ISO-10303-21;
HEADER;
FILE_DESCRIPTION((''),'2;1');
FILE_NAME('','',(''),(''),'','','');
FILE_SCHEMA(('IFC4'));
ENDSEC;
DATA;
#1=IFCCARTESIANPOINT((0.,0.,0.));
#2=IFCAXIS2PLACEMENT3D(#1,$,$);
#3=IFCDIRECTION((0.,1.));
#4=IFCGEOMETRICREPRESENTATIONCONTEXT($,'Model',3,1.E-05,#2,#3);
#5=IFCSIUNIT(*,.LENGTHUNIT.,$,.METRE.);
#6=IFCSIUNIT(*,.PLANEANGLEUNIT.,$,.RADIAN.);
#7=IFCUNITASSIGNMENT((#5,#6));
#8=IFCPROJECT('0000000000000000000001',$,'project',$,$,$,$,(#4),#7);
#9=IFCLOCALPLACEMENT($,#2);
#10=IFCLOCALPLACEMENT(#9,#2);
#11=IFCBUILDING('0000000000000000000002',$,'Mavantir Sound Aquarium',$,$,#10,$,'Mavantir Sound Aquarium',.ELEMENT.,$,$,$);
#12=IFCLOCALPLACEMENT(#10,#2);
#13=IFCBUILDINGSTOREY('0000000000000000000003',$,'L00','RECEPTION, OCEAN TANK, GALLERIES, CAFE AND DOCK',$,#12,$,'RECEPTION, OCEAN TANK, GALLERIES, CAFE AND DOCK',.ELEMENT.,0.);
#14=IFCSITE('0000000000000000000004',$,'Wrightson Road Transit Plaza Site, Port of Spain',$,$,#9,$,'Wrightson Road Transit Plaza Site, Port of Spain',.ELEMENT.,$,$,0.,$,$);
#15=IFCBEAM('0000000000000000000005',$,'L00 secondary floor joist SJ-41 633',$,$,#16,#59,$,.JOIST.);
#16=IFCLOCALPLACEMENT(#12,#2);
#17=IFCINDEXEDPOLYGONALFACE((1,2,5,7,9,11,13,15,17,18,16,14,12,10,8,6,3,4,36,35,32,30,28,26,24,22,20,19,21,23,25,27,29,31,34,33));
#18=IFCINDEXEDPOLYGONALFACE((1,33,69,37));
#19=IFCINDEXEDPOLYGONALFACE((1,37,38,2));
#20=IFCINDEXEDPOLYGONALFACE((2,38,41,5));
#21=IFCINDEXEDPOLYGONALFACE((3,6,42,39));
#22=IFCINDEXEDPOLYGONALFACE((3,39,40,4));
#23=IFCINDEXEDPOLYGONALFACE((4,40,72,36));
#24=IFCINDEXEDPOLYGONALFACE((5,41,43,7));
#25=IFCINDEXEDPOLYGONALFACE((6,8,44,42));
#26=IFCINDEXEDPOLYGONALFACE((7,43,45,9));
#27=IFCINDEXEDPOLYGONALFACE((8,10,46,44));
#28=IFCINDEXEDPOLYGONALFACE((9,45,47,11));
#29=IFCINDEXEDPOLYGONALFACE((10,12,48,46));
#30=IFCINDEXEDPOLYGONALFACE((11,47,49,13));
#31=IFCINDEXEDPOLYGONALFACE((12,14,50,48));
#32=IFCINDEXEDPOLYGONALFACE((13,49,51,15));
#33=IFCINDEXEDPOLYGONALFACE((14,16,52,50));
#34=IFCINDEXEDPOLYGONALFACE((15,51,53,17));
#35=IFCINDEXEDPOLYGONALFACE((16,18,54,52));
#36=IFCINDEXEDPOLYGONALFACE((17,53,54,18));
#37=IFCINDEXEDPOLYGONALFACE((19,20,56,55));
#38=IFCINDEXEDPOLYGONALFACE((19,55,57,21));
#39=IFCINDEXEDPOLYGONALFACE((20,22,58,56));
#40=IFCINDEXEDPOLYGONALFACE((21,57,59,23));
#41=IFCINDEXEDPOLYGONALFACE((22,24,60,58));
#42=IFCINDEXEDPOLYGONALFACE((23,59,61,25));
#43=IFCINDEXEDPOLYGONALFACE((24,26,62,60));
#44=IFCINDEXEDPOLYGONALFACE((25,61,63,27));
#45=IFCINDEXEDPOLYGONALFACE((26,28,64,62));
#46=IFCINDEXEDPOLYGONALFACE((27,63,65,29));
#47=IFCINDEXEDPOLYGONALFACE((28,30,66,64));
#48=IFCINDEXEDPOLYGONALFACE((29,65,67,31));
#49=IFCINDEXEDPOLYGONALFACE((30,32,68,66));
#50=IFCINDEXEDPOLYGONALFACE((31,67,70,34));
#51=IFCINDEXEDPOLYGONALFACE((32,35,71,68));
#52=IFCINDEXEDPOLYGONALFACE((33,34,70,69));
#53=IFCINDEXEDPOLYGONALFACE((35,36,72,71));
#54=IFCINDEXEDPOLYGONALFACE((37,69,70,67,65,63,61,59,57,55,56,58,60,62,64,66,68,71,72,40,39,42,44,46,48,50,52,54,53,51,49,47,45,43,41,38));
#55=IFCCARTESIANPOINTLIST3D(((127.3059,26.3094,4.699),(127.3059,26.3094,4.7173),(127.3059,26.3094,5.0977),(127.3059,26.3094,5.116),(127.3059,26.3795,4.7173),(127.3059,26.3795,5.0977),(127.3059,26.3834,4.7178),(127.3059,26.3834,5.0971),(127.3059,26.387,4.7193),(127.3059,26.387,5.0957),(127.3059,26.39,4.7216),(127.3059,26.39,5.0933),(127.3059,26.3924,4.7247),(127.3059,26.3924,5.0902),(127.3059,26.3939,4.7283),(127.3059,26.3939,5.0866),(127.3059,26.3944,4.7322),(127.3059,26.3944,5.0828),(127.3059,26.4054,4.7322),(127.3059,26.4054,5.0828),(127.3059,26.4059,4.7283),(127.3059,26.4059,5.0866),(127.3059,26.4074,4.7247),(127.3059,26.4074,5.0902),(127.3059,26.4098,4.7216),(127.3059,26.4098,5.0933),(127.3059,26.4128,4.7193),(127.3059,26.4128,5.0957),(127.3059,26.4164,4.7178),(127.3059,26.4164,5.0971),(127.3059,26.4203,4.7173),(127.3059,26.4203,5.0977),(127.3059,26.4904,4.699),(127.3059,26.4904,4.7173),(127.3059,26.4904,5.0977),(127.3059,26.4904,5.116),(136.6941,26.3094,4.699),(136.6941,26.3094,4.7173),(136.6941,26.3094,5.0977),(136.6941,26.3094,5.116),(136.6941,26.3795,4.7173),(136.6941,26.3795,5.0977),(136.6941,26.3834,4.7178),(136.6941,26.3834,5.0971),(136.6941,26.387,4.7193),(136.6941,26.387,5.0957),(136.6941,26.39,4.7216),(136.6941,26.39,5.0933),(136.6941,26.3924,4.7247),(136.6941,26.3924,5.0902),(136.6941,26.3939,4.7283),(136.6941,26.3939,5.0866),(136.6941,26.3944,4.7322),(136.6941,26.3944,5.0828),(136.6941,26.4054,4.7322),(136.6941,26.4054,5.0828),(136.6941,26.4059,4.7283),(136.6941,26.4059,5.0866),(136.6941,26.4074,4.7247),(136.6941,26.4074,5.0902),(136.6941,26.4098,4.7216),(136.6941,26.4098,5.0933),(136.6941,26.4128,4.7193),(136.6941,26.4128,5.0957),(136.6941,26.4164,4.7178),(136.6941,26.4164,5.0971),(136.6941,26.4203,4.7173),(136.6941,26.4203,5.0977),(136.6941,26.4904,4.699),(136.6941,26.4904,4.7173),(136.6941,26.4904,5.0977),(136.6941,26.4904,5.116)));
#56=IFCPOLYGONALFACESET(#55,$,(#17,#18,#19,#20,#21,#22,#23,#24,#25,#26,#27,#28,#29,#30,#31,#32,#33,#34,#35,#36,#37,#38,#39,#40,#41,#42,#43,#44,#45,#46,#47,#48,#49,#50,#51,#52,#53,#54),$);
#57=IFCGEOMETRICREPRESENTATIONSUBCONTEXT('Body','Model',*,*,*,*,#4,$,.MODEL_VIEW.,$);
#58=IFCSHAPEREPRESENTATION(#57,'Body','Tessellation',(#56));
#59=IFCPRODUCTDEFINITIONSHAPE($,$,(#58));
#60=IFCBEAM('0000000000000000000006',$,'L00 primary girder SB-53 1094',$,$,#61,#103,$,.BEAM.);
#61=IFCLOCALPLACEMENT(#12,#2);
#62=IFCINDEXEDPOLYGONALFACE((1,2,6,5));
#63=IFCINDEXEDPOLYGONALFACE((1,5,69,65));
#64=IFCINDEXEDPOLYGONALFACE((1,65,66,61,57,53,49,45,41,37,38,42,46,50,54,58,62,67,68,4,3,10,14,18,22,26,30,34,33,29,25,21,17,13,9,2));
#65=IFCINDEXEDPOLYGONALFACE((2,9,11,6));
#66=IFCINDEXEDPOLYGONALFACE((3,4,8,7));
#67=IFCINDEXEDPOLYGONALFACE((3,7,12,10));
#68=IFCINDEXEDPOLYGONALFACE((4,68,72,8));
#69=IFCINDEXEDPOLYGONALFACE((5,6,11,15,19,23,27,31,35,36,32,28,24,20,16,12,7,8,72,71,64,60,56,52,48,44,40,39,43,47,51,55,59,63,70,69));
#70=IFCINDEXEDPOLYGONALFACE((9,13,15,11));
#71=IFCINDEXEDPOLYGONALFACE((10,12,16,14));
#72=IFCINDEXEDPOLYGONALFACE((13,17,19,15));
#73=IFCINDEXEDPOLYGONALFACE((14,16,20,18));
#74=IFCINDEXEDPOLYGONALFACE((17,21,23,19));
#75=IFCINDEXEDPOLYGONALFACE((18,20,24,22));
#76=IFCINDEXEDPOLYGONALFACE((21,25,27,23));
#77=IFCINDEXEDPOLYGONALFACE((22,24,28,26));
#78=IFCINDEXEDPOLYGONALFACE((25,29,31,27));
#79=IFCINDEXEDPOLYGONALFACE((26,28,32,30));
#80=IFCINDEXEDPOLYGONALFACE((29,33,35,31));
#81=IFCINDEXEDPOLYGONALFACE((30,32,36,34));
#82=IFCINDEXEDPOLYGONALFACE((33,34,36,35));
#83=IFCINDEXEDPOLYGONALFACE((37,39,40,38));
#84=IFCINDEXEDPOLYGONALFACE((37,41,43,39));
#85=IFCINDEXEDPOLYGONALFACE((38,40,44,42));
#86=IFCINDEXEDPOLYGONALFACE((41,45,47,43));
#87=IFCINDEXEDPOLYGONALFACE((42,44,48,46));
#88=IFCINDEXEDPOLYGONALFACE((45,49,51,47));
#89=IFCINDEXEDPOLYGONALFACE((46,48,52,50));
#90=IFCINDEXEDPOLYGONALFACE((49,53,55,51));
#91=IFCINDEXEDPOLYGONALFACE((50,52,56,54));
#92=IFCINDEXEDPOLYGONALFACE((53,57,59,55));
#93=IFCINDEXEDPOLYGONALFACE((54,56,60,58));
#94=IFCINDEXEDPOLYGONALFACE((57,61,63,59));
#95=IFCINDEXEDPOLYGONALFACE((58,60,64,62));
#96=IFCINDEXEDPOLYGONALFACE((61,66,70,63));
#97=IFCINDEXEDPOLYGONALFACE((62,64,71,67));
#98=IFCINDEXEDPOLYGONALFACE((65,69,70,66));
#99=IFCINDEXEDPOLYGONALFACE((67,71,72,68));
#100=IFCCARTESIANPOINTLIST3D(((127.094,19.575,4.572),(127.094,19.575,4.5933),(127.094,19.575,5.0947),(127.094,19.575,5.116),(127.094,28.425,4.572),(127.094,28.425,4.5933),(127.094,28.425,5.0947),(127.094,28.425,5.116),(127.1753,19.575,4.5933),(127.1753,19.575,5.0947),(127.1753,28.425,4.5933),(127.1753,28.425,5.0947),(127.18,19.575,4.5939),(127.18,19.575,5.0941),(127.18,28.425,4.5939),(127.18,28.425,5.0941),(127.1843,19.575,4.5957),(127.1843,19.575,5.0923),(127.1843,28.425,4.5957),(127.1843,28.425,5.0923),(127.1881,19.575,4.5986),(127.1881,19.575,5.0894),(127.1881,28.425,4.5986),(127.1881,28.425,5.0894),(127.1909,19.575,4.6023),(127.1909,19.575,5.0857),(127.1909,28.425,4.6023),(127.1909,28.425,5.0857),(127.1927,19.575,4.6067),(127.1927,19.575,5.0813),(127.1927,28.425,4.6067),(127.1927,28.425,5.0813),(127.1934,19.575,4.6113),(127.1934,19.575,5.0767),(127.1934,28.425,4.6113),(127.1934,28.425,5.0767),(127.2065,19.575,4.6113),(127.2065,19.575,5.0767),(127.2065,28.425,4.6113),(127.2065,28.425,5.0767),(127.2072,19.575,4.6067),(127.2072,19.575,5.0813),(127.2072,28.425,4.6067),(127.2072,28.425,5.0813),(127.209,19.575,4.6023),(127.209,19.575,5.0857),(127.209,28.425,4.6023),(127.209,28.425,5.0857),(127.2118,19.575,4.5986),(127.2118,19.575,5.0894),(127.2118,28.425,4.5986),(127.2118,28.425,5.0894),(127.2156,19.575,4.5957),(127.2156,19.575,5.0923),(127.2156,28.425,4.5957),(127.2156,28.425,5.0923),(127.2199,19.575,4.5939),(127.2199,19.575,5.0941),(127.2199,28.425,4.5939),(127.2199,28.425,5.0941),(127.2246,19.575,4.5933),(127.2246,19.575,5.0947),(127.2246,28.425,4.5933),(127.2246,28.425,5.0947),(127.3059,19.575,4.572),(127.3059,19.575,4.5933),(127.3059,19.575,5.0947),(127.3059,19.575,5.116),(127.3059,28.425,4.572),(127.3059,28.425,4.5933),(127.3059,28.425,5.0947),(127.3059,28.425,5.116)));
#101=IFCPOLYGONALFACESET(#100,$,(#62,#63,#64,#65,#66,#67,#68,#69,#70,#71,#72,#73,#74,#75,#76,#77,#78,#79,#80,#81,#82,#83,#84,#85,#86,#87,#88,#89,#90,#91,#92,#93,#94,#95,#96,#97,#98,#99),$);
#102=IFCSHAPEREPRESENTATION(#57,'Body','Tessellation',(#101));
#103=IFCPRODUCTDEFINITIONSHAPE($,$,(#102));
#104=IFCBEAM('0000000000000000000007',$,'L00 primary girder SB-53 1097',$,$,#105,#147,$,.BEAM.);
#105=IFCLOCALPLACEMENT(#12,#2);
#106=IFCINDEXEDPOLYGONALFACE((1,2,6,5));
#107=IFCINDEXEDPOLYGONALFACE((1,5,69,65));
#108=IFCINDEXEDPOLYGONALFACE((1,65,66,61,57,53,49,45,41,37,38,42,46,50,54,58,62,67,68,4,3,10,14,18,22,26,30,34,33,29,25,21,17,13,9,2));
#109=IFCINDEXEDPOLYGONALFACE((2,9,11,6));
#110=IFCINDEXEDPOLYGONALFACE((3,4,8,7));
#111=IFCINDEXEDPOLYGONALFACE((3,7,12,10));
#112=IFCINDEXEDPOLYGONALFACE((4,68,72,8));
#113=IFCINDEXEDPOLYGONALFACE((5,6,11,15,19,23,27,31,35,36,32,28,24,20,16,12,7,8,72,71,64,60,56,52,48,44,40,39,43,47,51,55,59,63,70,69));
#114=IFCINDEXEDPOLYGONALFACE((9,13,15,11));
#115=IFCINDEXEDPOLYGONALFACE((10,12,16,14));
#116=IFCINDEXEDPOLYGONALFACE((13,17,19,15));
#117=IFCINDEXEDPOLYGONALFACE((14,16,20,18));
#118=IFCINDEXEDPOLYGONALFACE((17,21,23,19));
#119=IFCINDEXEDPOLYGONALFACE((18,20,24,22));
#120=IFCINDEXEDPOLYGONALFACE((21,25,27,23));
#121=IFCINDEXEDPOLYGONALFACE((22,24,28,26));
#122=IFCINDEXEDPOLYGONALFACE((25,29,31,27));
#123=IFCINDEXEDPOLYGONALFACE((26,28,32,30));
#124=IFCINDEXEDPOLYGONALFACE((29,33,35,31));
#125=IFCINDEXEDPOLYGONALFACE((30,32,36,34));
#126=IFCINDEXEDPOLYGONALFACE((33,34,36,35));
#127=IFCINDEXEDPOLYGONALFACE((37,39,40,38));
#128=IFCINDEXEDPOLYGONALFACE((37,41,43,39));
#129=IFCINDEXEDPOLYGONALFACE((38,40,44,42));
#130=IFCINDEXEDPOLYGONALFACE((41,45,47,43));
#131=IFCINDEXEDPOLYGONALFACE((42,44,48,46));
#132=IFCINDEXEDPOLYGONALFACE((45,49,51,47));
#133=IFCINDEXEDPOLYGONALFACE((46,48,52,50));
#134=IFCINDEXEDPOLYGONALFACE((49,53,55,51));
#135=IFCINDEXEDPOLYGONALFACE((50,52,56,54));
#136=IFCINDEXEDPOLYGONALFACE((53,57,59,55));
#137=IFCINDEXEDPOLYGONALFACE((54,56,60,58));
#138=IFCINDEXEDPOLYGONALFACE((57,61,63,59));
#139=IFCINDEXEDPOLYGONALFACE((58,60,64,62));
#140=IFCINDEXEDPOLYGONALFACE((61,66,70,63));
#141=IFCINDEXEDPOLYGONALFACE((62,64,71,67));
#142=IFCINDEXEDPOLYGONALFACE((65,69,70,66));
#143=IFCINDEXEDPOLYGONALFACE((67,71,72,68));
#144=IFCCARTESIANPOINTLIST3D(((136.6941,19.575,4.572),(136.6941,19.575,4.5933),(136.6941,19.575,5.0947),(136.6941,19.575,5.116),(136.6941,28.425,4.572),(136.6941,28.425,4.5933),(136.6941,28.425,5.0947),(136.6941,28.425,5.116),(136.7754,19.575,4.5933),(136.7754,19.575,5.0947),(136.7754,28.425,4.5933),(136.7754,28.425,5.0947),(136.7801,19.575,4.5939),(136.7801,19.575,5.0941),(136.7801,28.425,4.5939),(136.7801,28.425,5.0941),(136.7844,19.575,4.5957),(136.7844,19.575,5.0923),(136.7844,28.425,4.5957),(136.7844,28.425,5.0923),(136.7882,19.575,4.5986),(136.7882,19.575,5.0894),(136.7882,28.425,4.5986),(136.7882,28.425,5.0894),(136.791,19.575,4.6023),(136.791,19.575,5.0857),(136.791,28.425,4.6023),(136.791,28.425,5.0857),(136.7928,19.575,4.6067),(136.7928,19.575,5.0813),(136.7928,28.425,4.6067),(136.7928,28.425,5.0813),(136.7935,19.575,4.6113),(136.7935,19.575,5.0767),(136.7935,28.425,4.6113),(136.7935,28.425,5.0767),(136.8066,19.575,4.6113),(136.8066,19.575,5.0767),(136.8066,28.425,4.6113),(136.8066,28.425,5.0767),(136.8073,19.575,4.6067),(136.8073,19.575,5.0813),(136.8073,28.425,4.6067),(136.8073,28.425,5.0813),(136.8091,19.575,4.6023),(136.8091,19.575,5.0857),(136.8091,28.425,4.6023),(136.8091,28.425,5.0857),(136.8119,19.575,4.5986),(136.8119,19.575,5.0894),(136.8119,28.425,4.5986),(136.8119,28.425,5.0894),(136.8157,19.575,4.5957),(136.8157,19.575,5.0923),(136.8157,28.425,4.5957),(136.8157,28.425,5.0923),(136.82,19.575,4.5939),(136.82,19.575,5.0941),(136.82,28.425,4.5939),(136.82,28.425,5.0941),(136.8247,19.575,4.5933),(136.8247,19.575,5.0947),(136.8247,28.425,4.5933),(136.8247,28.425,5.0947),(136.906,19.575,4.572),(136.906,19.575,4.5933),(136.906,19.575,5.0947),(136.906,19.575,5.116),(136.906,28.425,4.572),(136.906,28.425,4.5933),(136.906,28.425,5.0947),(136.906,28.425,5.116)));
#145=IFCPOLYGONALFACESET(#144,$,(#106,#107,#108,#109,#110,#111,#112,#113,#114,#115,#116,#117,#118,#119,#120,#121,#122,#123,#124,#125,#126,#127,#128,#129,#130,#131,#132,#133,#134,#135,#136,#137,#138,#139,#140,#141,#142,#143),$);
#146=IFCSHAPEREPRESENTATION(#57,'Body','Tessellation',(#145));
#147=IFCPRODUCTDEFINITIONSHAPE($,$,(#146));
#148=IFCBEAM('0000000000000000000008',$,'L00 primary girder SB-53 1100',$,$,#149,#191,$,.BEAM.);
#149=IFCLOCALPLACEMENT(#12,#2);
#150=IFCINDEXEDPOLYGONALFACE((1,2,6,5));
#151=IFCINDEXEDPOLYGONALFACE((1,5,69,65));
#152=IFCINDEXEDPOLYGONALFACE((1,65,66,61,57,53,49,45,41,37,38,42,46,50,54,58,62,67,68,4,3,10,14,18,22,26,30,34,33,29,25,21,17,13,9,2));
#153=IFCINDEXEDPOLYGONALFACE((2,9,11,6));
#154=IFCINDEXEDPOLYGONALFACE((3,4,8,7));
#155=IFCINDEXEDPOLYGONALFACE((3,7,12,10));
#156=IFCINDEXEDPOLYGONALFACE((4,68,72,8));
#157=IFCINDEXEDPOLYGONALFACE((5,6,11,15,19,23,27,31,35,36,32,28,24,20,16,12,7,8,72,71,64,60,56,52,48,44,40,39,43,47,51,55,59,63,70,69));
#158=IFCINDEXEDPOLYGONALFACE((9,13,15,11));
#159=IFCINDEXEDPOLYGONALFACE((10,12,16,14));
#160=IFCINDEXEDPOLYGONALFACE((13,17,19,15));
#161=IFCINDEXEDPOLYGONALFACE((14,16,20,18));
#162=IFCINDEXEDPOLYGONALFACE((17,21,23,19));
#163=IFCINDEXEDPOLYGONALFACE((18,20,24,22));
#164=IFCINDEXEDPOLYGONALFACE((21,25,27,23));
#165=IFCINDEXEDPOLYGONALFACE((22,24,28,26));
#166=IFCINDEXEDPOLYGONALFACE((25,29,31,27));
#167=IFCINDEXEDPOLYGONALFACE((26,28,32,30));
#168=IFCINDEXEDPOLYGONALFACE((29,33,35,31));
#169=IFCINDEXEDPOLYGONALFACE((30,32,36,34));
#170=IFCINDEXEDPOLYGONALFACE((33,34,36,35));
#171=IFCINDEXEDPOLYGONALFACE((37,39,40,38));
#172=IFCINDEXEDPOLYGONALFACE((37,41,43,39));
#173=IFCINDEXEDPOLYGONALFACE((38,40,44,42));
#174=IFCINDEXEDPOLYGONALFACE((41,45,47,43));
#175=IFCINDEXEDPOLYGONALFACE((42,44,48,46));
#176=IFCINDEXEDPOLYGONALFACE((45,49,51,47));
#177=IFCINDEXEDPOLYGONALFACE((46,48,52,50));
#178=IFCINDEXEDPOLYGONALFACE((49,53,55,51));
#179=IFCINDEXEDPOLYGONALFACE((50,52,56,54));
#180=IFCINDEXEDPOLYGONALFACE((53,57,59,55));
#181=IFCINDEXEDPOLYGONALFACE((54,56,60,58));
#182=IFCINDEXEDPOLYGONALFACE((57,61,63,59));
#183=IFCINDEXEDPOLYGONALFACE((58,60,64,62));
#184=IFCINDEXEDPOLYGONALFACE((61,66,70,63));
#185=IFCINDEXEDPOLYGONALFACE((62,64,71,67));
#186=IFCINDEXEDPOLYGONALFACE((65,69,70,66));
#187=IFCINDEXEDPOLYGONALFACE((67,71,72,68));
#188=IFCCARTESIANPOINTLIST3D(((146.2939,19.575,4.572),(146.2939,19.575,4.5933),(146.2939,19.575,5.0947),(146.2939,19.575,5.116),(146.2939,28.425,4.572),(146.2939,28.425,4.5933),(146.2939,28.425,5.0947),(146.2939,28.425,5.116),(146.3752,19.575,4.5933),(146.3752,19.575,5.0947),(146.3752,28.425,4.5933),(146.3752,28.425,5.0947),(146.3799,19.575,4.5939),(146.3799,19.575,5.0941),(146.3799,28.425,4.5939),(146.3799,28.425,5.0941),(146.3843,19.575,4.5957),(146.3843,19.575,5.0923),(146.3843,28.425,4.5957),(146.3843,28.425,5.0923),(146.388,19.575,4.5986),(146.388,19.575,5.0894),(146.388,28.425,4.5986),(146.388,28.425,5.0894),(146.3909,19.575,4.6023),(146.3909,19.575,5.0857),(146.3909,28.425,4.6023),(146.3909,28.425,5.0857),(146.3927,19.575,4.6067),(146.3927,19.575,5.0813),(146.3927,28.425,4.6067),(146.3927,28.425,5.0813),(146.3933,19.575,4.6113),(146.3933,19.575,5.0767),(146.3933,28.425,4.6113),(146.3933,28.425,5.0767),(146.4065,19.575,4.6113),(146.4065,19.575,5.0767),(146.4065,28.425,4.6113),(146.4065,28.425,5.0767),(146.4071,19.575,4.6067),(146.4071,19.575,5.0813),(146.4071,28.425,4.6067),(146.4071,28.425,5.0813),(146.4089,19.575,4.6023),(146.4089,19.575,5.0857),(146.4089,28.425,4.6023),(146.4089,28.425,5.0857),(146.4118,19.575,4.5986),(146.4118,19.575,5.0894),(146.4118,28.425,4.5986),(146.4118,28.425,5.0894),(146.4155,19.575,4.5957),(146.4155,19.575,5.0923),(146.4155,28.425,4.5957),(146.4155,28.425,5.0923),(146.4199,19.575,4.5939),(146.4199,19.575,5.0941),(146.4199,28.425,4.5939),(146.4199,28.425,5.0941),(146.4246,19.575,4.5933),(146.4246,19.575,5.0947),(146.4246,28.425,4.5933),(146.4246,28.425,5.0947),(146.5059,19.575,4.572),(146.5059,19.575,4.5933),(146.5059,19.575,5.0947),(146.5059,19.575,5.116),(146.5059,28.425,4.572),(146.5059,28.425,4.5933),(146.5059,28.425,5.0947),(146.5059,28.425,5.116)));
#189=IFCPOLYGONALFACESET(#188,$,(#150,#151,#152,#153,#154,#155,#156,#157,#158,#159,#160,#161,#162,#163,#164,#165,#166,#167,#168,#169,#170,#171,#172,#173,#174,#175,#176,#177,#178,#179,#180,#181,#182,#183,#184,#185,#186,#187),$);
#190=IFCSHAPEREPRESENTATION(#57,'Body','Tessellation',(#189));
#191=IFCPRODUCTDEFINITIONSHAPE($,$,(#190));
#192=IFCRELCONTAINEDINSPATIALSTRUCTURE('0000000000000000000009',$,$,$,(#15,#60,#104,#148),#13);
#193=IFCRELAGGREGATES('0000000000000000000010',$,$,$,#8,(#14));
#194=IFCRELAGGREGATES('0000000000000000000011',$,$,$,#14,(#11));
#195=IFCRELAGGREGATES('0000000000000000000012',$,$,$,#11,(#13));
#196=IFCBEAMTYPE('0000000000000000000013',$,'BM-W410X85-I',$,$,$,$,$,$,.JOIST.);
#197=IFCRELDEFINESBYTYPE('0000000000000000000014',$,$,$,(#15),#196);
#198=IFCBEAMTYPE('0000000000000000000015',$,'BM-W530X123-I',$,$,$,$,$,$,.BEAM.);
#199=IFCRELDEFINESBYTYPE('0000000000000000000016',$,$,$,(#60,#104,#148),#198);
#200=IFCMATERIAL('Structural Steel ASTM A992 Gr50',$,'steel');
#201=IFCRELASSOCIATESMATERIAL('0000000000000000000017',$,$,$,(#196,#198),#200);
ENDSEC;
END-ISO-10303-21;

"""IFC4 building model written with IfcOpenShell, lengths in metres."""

from ifc_helpers import new_model, si_unit, direction, frame, origin, origin_2d, place, context, subcontext, project, spatial, i_section, extrude, material, material_profile, profile_set, type_object, element, save


model = new_model("IFC4")

# Units and contexts
model_context = context("Model", 3, precision=1e-05, world=origin(), true_north=direction((0.0, 1.0)))
body_context = subcontext(model_context, "Body", "Model", "MODEL_VIEW")
ifc_project = project(units=[si_unit("LENGTHUNIT", "METRE"), si_unit("PLANEANGLEUNIT", "RADIAN")], contexts=[model_context])

# Site, building, storey
site_placement = place(None, origin())
site = spatial("IfcSite", under=ifc_project, at=site_placement, Name="Wrightson Road Transit Plaza Site, Port of Spain", LongName="Wrightson Road Transit Plaza Site, Port of Spain", CompositionType="ELEMENT", RefElevation=0.0)
building_placement = place(site_placement, origin())
building = spatial("IfcBuilding", under=site, at=building_placement, Name="Mavantir Sound Aquarium", LongName="Mavantir Sound Aquarium", CompositionType="ELEMENT")
storey_placement = place(building_placement, origin())
storey = spatial("IfcBuildingStorey", under=building, at=storey_placement, Name="L00", Description="RECEPTION, OCEAN TANK, GALLERIES, CAFE AND DOCK", LongName="RECEPTION, OCEAN TANK, GALLERIES, CAFE AND DOCK", CompositionType="ELEMENT", Elevation=0.0)

# Beams
ifc_material_1 = material(Name="Structural Steel ASTM A992 Gr50", Category="steel")
ifc_material_profile_1 = material_profile(ifc_material_1, i_section(OverallWidth=0.1809, OverallDepth=0.417, WebThickness=0.011, FlangeThickness=0.0183, FilletRadius=0.0149, at=origin_2d()), Name="W410X85")
ifc_profile_set_1 = profile_set([ifc_material_profile_1], Name="Structural Steel ASTM A992 Gr50")
beam_type_1 = type_object("IfcBeamType", Name="BM-W410X85-I", PredefinedType="JOIST", material=ifc_profile_set_1)
beam_1_placement = place(storey_placement, frame((127.3059, 26.3999, 4.9075), z_axis=(1.0, 0.0, 0.0), x_axis=(0.0, 1.0, 0.0)))
element("IfcBeam", 1, at=beam_1_placement, inside=storey, type_object=beam_type_1, Name="L00 secondary floor joist SJ-41 633", PredefinedType="JOIST", context=body_context, shape_type="SweptSolid", body=[
    extrude(i_section(OverallWidth=0.1809, OverallDepth=0.417, WebThickness=0.011, FlangeThickness=0.0183, FilletRadius=0.0149, at=origin_2d()), origin(), (0.0, 0.0, 1.0), 9.3882),
])
ifc_material_profile_2 = material_profile(ifc_material_1, i_section(OverallWidth=0.2119, OverallDepth=0.5439, WebThickness=0.0132, FlangeThickness=0.0212, FilletRadius=0.0181, at=origin_2d()), Name="W530X123")
ifc_profile_set_2 = profile_set([ifc_material_profile_2], Name="Structural Steel ASTM A992 Gr50")
beam_type_2 = type_object("IfcBeamType", Name="BM-W530X123-I", PredefinedType="BEAM", material=ifc_profile_set_2)
for number, where, z_axis, x_axis, name in (
    (2, (127.2, 19.575, 4.844), (0.0, 1.0, 0.0), (-1.0, 0.0, 0.0), "L00 primary girder SB-53 1094"),
    (3, (136.8, 19.575, 4.844), (0.0, 1.0, 0.0), (-1.0, 0.0, 0.0), "L00 primary girder SB-53 1097"),
    (4, (146.3999, 19.575, 4.844), (0.0, 1.0, 0.0), (-1.0, 0.0, 0.0), "L00 primary girder SB-53 1100"),
):
    element("IfcBeam", number, at=place(storey_placement, frame(where, z_axis=z_axis, x_axis=x_axis)), inside=storey, type_object=beam_type_2, Name=name, PredefinedType="BEAM", context=body_context, shape_type="SweptSolid", body=[
        extrude(i_section(OverallWidth=0.2119, OverallDepth=0.5439, WebThickness=0.0132, FlangeThickness=0.0212, FilletRadius=0.0181, at=origin_2d()), origin(), (0.0, 0.0, 1.0), 8.8501),
    ])

save(model, "model.ifc")
